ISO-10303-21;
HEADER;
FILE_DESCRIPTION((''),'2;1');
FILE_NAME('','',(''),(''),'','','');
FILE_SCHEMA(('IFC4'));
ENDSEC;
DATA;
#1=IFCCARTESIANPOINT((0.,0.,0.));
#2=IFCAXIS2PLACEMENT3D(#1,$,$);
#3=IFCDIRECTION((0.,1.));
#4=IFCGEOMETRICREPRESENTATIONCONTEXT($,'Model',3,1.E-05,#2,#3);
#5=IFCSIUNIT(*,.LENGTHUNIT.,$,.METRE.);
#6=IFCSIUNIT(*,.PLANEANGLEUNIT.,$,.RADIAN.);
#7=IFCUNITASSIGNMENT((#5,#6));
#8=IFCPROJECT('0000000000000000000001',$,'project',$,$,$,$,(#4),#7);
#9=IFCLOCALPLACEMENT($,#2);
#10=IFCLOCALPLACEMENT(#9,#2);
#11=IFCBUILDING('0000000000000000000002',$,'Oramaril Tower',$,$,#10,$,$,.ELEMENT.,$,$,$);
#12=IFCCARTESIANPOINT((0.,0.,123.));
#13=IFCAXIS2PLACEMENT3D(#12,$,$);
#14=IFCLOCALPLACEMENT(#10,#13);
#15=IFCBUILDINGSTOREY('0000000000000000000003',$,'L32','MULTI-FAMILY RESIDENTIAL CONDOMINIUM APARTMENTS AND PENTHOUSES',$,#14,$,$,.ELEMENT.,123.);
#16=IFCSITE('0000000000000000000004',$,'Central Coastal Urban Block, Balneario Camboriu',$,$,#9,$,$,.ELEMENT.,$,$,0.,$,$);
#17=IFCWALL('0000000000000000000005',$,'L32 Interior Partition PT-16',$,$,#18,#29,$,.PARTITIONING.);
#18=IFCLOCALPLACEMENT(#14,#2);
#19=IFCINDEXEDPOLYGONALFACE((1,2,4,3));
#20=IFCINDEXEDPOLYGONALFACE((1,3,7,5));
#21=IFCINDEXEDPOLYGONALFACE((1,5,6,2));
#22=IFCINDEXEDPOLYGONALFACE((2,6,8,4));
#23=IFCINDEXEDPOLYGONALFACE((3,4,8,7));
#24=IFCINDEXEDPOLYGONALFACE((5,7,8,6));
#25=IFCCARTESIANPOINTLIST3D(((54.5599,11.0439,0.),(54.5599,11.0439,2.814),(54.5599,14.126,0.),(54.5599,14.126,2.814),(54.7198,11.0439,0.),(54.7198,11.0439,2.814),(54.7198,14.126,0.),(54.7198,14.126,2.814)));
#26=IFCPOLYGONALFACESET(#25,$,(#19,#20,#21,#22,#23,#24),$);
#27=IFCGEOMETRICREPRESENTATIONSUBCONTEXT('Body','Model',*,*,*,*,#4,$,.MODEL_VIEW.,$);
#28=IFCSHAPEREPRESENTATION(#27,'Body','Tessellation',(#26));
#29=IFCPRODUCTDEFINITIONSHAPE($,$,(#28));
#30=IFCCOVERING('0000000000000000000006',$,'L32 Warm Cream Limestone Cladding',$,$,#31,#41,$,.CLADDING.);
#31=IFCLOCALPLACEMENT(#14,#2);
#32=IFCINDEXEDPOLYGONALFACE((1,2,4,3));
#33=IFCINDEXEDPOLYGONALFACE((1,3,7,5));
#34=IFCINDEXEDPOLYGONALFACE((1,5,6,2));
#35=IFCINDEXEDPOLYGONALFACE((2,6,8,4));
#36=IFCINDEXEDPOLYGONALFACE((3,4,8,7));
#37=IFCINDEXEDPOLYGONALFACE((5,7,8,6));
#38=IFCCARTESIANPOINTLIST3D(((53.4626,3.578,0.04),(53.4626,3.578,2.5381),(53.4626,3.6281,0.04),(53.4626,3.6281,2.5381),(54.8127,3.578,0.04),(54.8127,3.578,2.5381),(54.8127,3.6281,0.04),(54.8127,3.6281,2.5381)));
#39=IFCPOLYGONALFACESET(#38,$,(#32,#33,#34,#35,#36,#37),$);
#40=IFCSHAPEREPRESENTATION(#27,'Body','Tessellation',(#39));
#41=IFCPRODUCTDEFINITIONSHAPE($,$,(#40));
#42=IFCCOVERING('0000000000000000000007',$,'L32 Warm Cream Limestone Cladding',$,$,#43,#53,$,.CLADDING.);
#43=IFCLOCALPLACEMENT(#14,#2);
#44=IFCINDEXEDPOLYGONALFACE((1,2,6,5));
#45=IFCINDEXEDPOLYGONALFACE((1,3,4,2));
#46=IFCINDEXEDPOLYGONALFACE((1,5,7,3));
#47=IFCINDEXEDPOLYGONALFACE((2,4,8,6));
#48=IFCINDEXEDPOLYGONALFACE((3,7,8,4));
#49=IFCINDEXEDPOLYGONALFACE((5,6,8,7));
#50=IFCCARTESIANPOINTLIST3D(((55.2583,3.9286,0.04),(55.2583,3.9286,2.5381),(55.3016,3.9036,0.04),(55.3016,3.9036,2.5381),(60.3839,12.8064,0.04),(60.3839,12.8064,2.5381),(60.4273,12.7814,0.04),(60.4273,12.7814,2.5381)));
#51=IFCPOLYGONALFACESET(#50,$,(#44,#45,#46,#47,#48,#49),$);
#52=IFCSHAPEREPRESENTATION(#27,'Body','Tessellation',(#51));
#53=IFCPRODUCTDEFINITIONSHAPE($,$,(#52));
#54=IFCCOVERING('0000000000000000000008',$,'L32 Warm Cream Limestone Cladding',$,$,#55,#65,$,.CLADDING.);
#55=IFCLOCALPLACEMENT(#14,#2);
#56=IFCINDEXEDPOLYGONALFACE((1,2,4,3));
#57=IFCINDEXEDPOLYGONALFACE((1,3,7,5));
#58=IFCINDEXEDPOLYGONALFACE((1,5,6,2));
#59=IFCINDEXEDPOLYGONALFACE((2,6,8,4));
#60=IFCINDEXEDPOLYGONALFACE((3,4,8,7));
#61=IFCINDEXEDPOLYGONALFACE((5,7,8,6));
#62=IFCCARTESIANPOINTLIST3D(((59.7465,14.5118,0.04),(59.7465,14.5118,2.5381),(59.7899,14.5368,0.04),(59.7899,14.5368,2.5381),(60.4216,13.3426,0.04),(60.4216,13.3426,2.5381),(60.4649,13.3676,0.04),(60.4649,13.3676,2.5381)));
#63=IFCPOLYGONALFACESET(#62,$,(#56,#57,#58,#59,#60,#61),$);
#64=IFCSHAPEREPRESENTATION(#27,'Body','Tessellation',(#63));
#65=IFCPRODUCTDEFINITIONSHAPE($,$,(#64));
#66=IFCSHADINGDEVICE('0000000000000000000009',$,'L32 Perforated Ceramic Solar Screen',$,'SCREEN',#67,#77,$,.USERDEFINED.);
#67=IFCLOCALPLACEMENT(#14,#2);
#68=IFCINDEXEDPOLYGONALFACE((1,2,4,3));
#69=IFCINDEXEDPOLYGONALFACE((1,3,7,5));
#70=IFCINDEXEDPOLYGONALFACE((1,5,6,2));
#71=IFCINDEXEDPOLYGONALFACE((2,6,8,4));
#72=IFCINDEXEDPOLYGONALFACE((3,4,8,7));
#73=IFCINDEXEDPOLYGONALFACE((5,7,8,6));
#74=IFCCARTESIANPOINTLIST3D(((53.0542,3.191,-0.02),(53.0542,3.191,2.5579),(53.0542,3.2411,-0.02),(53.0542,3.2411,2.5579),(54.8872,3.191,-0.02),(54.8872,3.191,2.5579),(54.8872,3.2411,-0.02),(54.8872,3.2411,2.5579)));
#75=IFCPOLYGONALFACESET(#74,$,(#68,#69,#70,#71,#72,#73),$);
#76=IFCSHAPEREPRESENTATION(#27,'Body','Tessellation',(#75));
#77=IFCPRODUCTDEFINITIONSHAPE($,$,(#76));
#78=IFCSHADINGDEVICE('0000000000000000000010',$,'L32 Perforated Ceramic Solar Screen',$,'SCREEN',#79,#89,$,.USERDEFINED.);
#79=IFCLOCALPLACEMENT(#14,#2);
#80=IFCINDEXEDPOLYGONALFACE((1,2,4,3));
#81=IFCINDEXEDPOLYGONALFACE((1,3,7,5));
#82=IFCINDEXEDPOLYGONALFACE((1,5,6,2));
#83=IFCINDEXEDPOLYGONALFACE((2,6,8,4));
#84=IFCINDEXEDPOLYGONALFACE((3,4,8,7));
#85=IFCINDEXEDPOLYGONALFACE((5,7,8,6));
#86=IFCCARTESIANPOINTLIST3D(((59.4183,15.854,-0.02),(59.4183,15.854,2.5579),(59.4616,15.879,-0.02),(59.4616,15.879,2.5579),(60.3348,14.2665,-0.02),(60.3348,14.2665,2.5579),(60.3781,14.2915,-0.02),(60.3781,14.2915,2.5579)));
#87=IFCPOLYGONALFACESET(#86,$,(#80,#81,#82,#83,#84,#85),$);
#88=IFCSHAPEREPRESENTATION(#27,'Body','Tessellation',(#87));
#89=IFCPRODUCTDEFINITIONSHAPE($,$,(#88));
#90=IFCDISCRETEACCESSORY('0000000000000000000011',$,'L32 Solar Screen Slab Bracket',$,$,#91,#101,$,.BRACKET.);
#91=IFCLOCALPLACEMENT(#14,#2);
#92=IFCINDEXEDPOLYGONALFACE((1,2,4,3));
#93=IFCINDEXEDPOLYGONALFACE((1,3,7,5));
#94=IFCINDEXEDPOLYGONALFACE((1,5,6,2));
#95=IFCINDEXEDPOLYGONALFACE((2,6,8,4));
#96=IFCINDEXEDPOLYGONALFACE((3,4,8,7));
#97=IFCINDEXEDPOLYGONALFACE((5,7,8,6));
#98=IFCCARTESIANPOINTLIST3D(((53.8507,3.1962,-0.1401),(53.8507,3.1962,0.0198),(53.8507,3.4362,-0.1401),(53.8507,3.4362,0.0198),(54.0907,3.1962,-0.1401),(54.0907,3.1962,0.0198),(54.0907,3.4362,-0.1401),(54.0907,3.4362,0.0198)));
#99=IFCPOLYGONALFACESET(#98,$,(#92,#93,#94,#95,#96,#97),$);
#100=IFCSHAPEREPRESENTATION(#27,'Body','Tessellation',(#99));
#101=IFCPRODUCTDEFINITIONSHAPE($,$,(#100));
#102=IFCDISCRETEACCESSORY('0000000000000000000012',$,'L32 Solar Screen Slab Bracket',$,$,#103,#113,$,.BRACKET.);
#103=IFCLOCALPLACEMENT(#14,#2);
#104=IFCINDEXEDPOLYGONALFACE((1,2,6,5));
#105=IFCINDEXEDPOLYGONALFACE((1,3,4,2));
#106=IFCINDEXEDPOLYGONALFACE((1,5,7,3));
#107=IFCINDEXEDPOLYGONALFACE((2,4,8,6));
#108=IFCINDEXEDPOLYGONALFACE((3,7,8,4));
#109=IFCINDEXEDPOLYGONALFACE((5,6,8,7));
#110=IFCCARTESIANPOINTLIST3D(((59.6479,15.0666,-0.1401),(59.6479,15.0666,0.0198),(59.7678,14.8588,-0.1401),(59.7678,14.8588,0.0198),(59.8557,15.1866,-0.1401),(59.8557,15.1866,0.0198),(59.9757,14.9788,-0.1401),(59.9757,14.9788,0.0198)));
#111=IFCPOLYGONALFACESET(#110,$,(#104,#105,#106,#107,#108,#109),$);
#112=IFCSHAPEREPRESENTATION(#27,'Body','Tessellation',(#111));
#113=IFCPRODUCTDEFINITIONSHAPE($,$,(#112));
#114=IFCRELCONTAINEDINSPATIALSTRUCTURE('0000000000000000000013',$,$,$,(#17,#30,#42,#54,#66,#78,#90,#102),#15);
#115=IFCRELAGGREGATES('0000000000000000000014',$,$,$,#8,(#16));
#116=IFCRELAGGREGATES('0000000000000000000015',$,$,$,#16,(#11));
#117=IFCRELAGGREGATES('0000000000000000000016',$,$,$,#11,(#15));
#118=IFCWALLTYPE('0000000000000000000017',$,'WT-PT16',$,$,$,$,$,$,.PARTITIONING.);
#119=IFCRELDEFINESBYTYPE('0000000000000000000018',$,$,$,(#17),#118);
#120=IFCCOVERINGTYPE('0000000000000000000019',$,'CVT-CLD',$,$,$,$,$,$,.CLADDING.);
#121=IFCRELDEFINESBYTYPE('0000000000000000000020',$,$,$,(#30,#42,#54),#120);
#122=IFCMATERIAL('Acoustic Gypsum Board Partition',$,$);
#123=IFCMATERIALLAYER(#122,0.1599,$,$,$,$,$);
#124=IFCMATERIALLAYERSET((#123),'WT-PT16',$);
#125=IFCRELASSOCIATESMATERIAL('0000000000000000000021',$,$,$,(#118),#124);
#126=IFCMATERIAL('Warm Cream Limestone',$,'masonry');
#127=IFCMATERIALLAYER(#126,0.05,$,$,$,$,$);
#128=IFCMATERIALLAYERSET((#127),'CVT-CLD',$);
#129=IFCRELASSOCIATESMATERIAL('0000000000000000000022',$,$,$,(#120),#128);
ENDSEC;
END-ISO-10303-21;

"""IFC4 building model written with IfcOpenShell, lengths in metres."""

from ifc_helpers import new_model, si_unit, direction, frame, frame_2d, origin, origin_2d, place, context, subcontext, project, spatial, rectangle, extrude, material, layer, layer_set, type_object, element, save


model = new_model("IFC4")

# Units and contexts
model_context = context("Model", 3, precision=1e-05, world=origin(), true_north=direction((0.0, 1.0)))
body_context = subcontext(model_context, "Body", "Model", "MODEL_VIEW")
ifc_project = project(units=[si_unit("LENGTHUNIT", "METRE"), si_unit("PLANEANGLEUNIT", "RADIAN")], contexts=[model_context])

# Site, building, storey
site_placement = place(None, origin())
site = spatial("IfcSite", under=ifc_project, at=site_placement, Name="Central Coastal Urban Block, Balneario Camboriu", CompositionType="ELEMENT", RefElevation=0.0)
building_placement = place(site_placement, origin())
building = spatial("IfcBuilding", under=site, at=building_placement, Name="Oramaril Tower", CompositionType="ELEMENT")
storey_placement = place(building_placement, frame((0.0, 0.0, 123.0)))
storey = spatial("IfcBuildingStorey", under=building, at=storey_placement, Name="L32", Description="MULTI-FAMILY RESIDENTIAL CONDOMINIUM APARTMENTS AND PENTHOUSES", CompositionType="ELEMENT", Elevation=123.0)

# Wall
ifc_material_1 = material(Name="Acoustic Gypsum Board Partition")
ifc_layer_1 = layer(ifc_material_1, 0.1599)
ifc_layer_set_1 = layer_set([ifc_layer_1], Name="WT-PT16")
wall_type_1 = type_object("IfcWallType", Name="WT-PT16", PredefinedType="PARTITIONING", material=ifc_layer_set_1)
wall_1_placement = place(storey_placement, frame((54.6399, 11.0439, 0.0), z_axis=(0.0, 0.0, 1.0), x_axis=(0.0, 1.0, 0.0)))
element("IfcWall", 1, at=wall_1_placement, inside=storey, type_object=wall_type_1, Name="L32 Interior Partition PT-16", PredefinedType="PARTITIONING", context=body_context, shape_type="SweptSolid", body=[
    extrude(rectangle(XDim=3.082, YDim=0.1599, at=frame_2d((1.541, 0.0))), origin(), (0.0, 0.0, 1.0), 2.814),
])

# Coverings
ifc_material_2 = material(Name="Warm Cream Limestone", Category="masonry")
ifc_layer_2 = layer(ifc_material_2, 0.05)
ifc_layer_set_2 = layer_set([ifc_layer_2], Name="CVT-CLD")
covering_type = type_object("IfcCoveringType", Name="CVT-CLD", PredefinedType="CLADDING", material=ifc_layer_set_2)
covering_1_placement = place(storey_placement, frame((54.1377, 3.603, 0.04), z_axis=(0.0, 0.0, 1.0), x_axis=(1.0, 0.0, 0.0)))
element("IfcCovering", 2, at=covering_1_placement, inside=storey, type_object=covering_type, Name="L32 Warm Cream Limestone Cladding", PredefinedType="CLADDING", context=body_context, shape_type="SweptSolid", body=[
    extrude(rectangle(XDim=1.3501, YDim=0.05, at=origin_2d()), origin(), (0.0, 0.0, 1.0), 2.498),
])
covering_2_placement = place(storey_placement, frame((57.8428, 8.355, 0.04), z_axis=(0.0, 0.0, 1.0), x_axis=(0.500003, 0.866024, 0.0)))
element("IfcCovering", 3, at=covering_2_placement, inside=storey, type_object=covering_type, Name="L32 Warm Cream Limestone Cladding", PredefinedType="CLADDING", context=body_context, shape_type="SweptSolid", body=[
    extrude(rectangle(XDim=10.2512, YDim=0.05, at=origin_2d()), origin(), (0.0, 0.0, 1.0), 2.498),
])
covering_3_placement = place(storey_placement, frame((60.1057, 13.9397, 0.04), z_axis=(0.0, 0.0, 1.0), x_axis=(-0.499998, 0.866026, 0.0)))
element("IfcCovering", 4, at=covering_3_placement, inside=storey, type_object=covering_type, Name="L32 Warm Cream Limestone Cladding", PredefinedType="CLADDING", context=body_context, shape_type="SweptSolid", body=[
    extrude(rectangle(XDim=1.3501, YDim=0.05, at=origin_2d()), origin(), (0.0, 0.0, 1.0), 2.498),
])

# Shading devices
for number, where, z_axis, x_axis, name in (
    (5, (53.9707, 3.2161, -0.02), (0.0, 0.0, 1.0), (1.0, 0.0, 0.0), "L32 Perforated Ceramic Solar Screen"),
    (6, (59.8982, 15.0728, -0.02), (0.0, 0.0, 1.0), (-0.499998, 0.866026, 0.0), "L32 Perforated Ceramic Solar Screen"),
):
    element("IfcShadingDevice", number, at=place(storey_placement, frame(where, z_axis=z_axis, x_axis=x_axis)), inside=storey, Name=name, ObjectType="SCREEN", PredefinedType="USERDEFINED", context=body_context, shape_type="SweptSolid", body=[
        extrude(rectangle(XDim=1.833, YDim=0.05, at=origin_2d()), origin(), (0.0, 0.0, 1.0), 2.5779),
    ])

# Discrete accessories
for number, where, z_axis, x_axis, name in (
    (7, (53.9707, 3.3162, -0.1401), (0.0, 0.0, 1.0), (1.0, 0.0, 0.0), "L32 Solar Screen Slab Bracket"),
    (8, (59.8118, 15.0227, -0.1401), (0.0, 0.0, 1.0), (-0.499998, 0.866026, 0.0), "L32 Solar Screen Slab Bracket"),
):
    element("IfcDiscreteAccessory", number, at=place(storey_placement, frame(where, z_axis=z_axis, x_axis=x_axis)), inside=storey, Name=name, PredefinedType="BRACKET", context=body_context, shape_type="SweptSolid", body=[
        extrude(rectangle(XDim=0.24, YDim=0.24, at=origin_2d()), origin(), (0.0, 0.0, 1.0), 0.1599),
    ])

save(model, "model.ifc")
